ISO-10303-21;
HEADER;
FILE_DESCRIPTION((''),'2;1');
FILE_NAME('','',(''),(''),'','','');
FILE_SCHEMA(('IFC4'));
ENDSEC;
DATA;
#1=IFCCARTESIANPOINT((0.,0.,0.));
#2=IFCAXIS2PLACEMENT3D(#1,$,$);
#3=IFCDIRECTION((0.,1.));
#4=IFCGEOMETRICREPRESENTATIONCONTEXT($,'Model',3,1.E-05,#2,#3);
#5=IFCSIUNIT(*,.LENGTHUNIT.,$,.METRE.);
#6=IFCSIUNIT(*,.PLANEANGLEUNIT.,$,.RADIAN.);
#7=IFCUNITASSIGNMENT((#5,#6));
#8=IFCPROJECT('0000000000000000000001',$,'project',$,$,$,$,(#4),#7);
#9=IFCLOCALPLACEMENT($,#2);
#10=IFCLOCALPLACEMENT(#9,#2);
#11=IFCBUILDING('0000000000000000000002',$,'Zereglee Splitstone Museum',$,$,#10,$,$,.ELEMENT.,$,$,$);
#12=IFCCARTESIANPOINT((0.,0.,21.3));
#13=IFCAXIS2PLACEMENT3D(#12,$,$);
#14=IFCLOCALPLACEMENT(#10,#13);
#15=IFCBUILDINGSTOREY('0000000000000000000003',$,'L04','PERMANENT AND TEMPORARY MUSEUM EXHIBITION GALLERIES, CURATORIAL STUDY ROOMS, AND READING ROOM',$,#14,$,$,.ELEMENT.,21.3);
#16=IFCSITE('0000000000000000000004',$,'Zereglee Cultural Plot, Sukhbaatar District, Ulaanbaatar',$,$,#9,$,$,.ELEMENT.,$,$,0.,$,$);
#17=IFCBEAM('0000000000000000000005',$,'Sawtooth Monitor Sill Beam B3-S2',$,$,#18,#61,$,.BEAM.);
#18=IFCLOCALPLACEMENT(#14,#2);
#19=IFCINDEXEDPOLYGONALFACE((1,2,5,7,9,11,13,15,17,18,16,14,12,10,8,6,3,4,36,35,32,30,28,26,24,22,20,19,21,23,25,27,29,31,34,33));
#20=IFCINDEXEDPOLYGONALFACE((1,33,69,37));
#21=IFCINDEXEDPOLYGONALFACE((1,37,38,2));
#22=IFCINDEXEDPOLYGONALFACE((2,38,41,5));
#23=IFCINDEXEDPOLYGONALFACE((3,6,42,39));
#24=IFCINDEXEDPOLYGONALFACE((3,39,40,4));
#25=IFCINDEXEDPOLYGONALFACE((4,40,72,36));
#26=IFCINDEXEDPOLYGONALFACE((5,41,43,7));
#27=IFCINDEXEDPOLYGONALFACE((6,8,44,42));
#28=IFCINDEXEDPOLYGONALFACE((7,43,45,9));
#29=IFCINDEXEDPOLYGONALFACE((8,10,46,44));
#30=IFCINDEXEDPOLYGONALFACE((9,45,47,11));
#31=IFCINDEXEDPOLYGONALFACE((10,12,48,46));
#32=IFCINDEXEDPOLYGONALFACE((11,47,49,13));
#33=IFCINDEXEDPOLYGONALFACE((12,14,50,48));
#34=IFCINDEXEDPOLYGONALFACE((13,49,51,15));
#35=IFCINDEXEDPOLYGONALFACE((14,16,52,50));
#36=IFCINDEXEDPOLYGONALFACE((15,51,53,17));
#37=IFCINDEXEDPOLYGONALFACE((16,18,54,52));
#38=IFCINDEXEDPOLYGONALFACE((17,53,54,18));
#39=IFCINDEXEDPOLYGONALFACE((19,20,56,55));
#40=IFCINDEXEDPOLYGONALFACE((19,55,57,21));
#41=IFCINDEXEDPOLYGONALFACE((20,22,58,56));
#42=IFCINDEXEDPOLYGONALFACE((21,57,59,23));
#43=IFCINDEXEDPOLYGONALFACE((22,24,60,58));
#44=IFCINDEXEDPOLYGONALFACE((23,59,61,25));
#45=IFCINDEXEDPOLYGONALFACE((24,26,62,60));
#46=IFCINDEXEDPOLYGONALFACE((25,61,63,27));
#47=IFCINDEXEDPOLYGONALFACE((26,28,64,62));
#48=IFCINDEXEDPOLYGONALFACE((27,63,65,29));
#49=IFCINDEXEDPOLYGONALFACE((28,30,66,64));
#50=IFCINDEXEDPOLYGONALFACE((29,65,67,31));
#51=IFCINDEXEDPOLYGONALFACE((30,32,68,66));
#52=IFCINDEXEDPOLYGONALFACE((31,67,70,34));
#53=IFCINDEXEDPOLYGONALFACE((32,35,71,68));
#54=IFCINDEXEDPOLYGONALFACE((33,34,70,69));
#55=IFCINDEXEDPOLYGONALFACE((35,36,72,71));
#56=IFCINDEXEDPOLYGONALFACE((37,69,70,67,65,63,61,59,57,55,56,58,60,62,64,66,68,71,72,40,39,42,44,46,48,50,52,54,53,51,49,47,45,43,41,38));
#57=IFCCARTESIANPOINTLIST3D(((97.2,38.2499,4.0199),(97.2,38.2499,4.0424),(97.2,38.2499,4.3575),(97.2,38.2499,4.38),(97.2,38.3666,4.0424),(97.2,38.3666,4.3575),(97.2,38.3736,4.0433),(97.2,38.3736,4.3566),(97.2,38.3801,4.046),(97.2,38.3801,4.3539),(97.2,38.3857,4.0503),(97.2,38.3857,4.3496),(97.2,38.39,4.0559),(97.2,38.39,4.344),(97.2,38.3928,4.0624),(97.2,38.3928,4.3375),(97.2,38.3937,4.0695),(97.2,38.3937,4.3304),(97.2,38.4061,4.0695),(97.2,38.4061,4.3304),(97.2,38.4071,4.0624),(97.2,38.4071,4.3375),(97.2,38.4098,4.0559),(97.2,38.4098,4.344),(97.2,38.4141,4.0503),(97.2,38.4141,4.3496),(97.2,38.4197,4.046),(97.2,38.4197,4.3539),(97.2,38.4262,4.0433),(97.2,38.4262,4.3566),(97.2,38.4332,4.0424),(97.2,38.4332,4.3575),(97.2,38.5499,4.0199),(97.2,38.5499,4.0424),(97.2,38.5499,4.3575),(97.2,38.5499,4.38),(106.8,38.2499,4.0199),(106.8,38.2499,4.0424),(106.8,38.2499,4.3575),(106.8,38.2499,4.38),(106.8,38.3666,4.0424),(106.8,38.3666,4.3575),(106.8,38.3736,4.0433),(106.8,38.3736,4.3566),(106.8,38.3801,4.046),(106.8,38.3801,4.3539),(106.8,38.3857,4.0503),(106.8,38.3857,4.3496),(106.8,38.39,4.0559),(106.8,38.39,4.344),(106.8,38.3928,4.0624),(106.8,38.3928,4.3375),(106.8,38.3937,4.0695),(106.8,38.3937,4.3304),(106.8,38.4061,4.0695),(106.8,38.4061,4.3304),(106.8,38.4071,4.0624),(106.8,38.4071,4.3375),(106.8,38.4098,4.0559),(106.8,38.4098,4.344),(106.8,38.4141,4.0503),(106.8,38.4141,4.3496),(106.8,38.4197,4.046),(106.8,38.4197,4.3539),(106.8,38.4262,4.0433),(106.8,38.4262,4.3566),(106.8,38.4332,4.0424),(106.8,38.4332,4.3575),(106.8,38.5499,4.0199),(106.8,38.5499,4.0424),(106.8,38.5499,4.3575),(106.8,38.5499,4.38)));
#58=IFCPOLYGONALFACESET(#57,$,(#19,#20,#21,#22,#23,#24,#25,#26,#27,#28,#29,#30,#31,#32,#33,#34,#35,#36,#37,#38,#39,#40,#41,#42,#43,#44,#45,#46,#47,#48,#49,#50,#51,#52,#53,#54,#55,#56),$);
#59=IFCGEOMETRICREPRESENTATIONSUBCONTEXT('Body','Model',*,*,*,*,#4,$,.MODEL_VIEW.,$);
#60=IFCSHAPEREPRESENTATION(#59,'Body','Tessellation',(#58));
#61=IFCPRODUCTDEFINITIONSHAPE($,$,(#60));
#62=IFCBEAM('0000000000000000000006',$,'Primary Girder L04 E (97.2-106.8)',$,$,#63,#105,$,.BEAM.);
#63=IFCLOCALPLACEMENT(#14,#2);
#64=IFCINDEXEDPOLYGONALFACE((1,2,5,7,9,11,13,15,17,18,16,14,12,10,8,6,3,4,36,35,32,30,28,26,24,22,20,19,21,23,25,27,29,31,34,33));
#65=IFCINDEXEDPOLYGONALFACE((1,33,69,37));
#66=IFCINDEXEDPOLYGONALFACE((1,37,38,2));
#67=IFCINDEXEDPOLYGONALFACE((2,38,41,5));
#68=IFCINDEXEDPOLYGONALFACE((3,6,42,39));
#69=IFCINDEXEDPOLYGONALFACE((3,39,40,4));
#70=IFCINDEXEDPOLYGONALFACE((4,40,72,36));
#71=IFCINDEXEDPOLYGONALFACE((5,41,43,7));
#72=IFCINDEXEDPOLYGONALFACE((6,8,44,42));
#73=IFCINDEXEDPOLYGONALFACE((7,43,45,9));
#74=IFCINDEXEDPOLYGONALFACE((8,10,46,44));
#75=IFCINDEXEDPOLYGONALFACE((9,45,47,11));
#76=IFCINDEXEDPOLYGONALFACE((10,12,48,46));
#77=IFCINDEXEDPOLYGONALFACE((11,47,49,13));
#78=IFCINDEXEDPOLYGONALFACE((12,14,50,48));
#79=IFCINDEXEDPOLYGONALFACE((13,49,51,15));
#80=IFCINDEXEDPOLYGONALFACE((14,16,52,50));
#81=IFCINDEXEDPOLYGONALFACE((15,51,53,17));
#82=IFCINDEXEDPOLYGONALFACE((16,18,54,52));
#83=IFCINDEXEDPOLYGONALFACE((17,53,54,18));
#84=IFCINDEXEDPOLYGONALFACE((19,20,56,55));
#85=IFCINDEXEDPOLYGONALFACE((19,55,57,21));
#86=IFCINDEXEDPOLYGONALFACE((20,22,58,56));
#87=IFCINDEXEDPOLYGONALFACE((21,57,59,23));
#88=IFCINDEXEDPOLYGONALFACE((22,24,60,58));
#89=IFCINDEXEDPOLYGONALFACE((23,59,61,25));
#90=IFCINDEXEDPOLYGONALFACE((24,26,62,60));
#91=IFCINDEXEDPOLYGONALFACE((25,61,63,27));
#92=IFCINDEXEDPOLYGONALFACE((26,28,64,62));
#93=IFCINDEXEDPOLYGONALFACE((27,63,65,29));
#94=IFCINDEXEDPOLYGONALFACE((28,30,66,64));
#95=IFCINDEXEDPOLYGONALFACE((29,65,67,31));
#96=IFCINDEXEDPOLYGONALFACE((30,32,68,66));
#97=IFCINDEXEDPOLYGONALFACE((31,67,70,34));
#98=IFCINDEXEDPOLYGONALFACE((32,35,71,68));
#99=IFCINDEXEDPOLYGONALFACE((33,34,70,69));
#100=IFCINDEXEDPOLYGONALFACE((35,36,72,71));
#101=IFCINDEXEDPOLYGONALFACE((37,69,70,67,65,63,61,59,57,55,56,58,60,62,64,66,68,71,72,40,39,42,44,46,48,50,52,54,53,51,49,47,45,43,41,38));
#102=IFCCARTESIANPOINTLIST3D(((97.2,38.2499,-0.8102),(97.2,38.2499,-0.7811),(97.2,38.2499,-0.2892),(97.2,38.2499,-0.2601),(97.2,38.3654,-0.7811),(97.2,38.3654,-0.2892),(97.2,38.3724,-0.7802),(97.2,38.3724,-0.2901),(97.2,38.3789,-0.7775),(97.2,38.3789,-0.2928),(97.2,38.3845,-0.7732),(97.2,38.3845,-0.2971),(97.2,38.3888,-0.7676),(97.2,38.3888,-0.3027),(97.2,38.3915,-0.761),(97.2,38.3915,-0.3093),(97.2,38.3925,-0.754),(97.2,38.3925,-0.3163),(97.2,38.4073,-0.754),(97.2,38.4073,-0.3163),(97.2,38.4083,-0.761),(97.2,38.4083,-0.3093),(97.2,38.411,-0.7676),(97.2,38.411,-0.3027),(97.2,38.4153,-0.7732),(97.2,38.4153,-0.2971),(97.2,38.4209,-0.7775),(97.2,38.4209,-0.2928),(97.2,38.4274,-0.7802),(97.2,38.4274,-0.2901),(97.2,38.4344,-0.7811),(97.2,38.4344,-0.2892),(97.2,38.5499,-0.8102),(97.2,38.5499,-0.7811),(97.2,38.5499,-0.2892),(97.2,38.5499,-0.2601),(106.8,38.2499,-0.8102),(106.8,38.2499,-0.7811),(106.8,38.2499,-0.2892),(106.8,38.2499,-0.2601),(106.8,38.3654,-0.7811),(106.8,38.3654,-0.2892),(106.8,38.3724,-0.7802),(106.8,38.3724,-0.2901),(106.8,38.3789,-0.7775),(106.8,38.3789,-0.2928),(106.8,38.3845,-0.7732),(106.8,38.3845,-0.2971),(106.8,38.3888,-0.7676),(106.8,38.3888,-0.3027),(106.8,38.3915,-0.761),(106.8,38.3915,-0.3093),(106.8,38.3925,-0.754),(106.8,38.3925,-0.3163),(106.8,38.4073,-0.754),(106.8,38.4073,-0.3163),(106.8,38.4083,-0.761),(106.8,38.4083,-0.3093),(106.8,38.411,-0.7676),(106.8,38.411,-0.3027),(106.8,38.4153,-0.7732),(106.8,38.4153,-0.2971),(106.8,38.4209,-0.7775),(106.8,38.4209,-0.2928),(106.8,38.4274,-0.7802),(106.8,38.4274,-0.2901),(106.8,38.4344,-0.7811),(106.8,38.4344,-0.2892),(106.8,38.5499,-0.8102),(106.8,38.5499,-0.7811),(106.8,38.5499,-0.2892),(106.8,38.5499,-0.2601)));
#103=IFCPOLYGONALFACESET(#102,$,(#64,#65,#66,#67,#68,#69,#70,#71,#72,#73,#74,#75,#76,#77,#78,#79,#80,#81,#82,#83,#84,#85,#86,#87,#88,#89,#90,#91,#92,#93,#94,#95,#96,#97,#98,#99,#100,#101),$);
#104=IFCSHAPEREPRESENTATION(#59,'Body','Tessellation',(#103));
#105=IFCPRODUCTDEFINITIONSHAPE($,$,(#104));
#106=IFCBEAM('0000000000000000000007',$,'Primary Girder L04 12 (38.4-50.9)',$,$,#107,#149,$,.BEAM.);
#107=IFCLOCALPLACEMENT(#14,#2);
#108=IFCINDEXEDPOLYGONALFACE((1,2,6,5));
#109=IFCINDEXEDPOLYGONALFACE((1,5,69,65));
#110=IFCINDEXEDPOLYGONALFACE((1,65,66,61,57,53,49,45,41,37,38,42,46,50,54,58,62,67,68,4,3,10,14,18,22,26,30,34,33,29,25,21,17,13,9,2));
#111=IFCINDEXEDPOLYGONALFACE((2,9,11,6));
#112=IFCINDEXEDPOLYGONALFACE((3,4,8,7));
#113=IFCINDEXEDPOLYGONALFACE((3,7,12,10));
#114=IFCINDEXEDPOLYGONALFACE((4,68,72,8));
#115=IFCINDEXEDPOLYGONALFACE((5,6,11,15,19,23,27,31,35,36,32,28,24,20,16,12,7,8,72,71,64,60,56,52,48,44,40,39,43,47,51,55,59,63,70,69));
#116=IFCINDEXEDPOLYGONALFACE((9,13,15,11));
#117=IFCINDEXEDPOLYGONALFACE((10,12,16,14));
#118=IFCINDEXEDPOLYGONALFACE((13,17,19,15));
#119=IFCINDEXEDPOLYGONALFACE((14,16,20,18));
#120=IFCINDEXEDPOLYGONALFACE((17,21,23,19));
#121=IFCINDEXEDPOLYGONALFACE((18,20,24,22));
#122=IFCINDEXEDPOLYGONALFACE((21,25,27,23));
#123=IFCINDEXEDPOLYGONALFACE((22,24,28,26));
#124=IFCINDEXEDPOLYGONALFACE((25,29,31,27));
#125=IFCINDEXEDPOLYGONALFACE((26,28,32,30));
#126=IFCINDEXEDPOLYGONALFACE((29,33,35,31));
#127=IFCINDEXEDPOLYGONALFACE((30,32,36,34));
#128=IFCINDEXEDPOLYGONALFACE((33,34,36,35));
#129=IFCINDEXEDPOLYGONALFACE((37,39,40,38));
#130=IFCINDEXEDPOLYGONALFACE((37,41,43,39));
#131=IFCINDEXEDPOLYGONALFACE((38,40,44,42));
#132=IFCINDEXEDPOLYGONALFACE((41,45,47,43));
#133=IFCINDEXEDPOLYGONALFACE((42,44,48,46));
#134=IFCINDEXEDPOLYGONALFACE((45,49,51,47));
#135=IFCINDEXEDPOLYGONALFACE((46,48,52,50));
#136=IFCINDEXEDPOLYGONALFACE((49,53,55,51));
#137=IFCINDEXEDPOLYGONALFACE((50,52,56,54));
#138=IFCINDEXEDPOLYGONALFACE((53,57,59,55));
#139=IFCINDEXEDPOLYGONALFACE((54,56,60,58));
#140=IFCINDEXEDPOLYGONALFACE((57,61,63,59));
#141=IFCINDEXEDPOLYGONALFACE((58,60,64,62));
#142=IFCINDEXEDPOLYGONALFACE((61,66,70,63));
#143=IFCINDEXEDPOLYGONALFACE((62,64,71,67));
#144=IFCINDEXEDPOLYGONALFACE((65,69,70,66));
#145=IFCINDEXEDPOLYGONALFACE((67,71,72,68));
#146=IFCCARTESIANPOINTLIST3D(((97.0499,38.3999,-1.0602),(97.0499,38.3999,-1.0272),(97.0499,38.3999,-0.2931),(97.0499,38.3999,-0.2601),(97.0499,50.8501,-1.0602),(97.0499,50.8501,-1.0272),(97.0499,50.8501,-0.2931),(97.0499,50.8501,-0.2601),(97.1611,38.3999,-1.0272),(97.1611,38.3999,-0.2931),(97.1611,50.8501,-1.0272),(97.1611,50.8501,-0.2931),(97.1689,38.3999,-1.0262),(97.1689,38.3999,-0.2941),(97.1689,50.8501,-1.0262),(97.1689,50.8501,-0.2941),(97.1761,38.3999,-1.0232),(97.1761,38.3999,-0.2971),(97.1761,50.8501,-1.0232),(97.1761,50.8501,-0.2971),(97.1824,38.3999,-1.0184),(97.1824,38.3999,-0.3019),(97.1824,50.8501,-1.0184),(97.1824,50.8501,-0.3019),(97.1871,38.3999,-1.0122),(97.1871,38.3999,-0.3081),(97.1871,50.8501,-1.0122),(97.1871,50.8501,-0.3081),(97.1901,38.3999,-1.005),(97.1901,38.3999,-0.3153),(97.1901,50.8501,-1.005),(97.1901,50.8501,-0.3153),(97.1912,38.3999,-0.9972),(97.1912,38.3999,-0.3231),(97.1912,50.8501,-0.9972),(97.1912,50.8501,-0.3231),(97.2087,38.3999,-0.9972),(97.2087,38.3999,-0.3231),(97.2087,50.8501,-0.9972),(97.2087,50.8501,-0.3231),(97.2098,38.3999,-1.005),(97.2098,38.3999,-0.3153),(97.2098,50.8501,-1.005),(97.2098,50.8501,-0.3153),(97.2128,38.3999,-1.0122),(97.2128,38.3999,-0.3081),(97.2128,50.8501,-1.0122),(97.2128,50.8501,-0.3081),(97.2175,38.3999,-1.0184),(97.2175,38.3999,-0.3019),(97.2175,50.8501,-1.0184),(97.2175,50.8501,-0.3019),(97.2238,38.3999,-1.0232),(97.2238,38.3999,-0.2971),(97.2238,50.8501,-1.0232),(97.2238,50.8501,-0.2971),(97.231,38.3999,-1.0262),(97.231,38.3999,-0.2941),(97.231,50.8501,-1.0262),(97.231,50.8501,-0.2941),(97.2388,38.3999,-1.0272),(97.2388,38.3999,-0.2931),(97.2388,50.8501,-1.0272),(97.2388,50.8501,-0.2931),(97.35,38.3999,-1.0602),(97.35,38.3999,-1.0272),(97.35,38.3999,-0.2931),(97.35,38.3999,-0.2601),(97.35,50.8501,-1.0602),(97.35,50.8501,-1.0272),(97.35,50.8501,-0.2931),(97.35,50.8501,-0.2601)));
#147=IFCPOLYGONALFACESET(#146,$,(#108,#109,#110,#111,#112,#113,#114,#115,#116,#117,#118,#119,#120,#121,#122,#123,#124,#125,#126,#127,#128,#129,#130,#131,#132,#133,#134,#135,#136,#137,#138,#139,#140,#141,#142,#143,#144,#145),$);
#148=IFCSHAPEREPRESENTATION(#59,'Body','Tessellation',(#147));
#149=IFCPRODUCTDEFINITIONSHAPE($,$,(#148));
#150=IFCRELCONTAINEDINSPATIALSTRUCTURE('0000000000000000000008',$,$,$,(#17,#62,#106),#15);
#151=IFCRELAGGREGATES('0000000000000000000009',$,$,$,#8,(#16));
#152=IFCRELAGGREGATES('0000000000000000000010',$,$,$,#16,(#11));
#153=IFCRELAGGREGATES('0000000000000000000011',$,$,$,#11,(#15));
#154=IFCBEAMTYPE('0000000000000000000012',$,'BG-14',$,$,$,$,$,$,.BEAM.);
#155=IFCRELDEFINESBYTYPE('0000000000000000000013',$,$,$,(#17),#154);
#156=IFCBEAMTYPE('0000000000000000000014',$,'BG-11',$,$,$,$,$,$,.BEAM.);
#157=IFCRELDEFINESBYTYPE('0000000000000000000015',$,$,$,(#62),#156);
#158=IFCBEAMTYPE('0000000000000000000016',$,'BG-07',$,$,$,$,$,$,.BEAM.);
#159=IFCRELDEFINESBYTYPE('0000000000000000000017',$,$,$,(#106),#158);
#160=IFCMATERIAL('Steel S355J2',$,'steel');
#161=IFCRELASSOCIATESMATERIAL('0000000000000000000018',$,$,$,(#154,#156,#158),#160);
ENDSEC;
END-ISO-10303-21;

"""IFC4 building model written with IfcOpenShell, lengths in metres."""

from ifc_helpers import new_model, si_unit, direction, frame, origin, origin_2d, place, context, subcontext, project, spatial, i_section, extrude, material, material_profile, profile_set, type_object, element, save


model = new_model("IFC4")

# Units and contexts
model_context = context("Model", 3, precision=1e-05, world=origin(), true_north=direction((0.0, 1.0)))
body_context = subcontext(model_context, "Body", "Model", "MODEL_VIEW")
ifc_project = project(units=[si_unit("LENGTHUNIT", "METRE"), si_unit("PLANEANGLEUNIT", "RADIAN")], contexts=[model_context])

# Site, building, storey
site_placement = place(None, origin())
site = spatial("IfcSite", under=ifc_project, at=site_placement, Name="Zereglee Cultural Plot, Sukhbaatar District, Ulaanbaatar", CompositionType="ELEMENT", RefElevation=0.0)
building_placement = place(site_placement, origin())
building = spatial("IfcBuilding", under=site, at=building_placement, Name="Zereglee Splitstone Museum", CompositionType="ELEMENT")
storey_placement = place(building_placement, frame((0.0, 0.0, 21.3)))
storey = spatial("IfcBuildingStorey", under=building, at=storey_placement, Name="L04", Description="PERMANENT AND TEMPORARY MUSEUM EXHIBITION GALLERIES, CURATORIAL STUDY ROOMS, AND READING ROOM", CompositionType="ELEMENT", Elevation=21.3)

# Shared definitions
ifc_material_1 = material(Name="Steel S355J2", Category="steel")

# Beams
ifc_material_profile_1 = material_profile(ifc_material_1, i_section(OverallWidth=0.3, OverallDepth=0.3601, WebThickness=0.0125, FlangeThickness=0.0225, FilletRadius=0.0271, at=origin_2d()), Name="HE 360 B")
ifc_profile_set_1 = profile_set([ifc_material_profile_1], Name="Steel S355J2")
beam_type_1 = type_object("IfcBeamType", Name="BG-14", PredefinedType="BEAM", material=ifc_profile_set_1)
beam_1_placement = place(storey_placement, frame((97.2, 38.3999, 4.2), z_axis=(1.0, 0.0, 0.0), x_axis=(0.0, 1.0, 0.0)))
element("IfcBeam", 1, at=beam_1_placement, inside=storey, type_object=beam_type_1, Name="Sawtooth Monitor Sill Beam B3-S2", PredefinedType="BEAM", context=body_context, shape_type="SweptSolid", body=[
    extrude(i_section(OverallWidth=0.3, OverallDepth=0.3601, WebThickness=0.0125, FlangeThickness=0.0225, FilletRadius=0.0271, at=origin_2d()), origin(), (0.0, 0.0, 1.0), 9.6001),
])
ifc_material_profile_2 = material_profile(ifc_material_1, i_section(OverallWidth=0.3, OverallDepth=0.55, WebThickness=0.0149, FlangeThickness=0.0291, FilletRadius=0.0271, at=origin_2d()), Name="HE 550 B")
ifc_profile_set_2 = profile_set([ifc_material_profile_2], Name="Steel S355J2")
beam_type_2 = type_object("IfcBeamType", Name="BG-11", PredefinedType="BEAM", material=ifc_profile_set_2)
beam_2_placement = place(storey_placement, frame((97.2, 38.3999, -0.5352), z_axis=(1.0, 0.0, 0.0), x_axis=(0.0, 1.0, 0.0)))
element("IfcBeam", 2, at=beam_2_placement, inside=storey, type_object=beam_type_2, Name="Primary Girder L04 E (97.2-106.8)", PredefinedType="BEAM", context=body_context, shape_type="SweptSolid", body=[
    extrude(i_section(OverallWidth=0.3, OverallDepth=0.55, WebThickness=0.0149, FlangeThickness=0.0291, FilletRadius=0.0271, at=origin_2d()), origin(), (0.0, 0.0, 1.0), 9.6001),
])
ifc_material_profile_3 = material_profile(ifc_material_1, i_section(OverallWidth=0.3, OverallDepth=0.8, WebThickness=0.0176, FlangeThickness=0.033, FilletRadius=0.03, at=origin_2d()), Name="HE 800 B")
ifc_profile_set_3 = profile_set([ifc_material_profile_3], Name="Steel S355J2")
beam_type_3 = type_object("IfcBeamType", Name="BG-07", PredefinedType="BEAM", material=ifc_profile_set_3)
beam_3_placement = place(storey_placement, frame((97.2, 38.3999, -0.6602), z_axis=(0.0, 1.0, 0.0), x_axis=(-1.0, 0.0, 0.0)))
element("IfcBeam", 3, at=beam_3_placement, inside=storey, type_object=beam_type_3, Name="Primary Girder L04 12 (38.4-50.9)", PredefinedType="BEAM", context=body_context, shape_type="SweptSolid", body=[
    extrude(i_section(OverallWidth=0.3, OverallDepth=0.8, WebThickness=0.0176, FlangeThickness=0.033, FilletRadius=0.03, at=origin_2d()), origin(), (0.0, 0.0, 1.0), 12.4502),
])

save(model, "model.ifc")
